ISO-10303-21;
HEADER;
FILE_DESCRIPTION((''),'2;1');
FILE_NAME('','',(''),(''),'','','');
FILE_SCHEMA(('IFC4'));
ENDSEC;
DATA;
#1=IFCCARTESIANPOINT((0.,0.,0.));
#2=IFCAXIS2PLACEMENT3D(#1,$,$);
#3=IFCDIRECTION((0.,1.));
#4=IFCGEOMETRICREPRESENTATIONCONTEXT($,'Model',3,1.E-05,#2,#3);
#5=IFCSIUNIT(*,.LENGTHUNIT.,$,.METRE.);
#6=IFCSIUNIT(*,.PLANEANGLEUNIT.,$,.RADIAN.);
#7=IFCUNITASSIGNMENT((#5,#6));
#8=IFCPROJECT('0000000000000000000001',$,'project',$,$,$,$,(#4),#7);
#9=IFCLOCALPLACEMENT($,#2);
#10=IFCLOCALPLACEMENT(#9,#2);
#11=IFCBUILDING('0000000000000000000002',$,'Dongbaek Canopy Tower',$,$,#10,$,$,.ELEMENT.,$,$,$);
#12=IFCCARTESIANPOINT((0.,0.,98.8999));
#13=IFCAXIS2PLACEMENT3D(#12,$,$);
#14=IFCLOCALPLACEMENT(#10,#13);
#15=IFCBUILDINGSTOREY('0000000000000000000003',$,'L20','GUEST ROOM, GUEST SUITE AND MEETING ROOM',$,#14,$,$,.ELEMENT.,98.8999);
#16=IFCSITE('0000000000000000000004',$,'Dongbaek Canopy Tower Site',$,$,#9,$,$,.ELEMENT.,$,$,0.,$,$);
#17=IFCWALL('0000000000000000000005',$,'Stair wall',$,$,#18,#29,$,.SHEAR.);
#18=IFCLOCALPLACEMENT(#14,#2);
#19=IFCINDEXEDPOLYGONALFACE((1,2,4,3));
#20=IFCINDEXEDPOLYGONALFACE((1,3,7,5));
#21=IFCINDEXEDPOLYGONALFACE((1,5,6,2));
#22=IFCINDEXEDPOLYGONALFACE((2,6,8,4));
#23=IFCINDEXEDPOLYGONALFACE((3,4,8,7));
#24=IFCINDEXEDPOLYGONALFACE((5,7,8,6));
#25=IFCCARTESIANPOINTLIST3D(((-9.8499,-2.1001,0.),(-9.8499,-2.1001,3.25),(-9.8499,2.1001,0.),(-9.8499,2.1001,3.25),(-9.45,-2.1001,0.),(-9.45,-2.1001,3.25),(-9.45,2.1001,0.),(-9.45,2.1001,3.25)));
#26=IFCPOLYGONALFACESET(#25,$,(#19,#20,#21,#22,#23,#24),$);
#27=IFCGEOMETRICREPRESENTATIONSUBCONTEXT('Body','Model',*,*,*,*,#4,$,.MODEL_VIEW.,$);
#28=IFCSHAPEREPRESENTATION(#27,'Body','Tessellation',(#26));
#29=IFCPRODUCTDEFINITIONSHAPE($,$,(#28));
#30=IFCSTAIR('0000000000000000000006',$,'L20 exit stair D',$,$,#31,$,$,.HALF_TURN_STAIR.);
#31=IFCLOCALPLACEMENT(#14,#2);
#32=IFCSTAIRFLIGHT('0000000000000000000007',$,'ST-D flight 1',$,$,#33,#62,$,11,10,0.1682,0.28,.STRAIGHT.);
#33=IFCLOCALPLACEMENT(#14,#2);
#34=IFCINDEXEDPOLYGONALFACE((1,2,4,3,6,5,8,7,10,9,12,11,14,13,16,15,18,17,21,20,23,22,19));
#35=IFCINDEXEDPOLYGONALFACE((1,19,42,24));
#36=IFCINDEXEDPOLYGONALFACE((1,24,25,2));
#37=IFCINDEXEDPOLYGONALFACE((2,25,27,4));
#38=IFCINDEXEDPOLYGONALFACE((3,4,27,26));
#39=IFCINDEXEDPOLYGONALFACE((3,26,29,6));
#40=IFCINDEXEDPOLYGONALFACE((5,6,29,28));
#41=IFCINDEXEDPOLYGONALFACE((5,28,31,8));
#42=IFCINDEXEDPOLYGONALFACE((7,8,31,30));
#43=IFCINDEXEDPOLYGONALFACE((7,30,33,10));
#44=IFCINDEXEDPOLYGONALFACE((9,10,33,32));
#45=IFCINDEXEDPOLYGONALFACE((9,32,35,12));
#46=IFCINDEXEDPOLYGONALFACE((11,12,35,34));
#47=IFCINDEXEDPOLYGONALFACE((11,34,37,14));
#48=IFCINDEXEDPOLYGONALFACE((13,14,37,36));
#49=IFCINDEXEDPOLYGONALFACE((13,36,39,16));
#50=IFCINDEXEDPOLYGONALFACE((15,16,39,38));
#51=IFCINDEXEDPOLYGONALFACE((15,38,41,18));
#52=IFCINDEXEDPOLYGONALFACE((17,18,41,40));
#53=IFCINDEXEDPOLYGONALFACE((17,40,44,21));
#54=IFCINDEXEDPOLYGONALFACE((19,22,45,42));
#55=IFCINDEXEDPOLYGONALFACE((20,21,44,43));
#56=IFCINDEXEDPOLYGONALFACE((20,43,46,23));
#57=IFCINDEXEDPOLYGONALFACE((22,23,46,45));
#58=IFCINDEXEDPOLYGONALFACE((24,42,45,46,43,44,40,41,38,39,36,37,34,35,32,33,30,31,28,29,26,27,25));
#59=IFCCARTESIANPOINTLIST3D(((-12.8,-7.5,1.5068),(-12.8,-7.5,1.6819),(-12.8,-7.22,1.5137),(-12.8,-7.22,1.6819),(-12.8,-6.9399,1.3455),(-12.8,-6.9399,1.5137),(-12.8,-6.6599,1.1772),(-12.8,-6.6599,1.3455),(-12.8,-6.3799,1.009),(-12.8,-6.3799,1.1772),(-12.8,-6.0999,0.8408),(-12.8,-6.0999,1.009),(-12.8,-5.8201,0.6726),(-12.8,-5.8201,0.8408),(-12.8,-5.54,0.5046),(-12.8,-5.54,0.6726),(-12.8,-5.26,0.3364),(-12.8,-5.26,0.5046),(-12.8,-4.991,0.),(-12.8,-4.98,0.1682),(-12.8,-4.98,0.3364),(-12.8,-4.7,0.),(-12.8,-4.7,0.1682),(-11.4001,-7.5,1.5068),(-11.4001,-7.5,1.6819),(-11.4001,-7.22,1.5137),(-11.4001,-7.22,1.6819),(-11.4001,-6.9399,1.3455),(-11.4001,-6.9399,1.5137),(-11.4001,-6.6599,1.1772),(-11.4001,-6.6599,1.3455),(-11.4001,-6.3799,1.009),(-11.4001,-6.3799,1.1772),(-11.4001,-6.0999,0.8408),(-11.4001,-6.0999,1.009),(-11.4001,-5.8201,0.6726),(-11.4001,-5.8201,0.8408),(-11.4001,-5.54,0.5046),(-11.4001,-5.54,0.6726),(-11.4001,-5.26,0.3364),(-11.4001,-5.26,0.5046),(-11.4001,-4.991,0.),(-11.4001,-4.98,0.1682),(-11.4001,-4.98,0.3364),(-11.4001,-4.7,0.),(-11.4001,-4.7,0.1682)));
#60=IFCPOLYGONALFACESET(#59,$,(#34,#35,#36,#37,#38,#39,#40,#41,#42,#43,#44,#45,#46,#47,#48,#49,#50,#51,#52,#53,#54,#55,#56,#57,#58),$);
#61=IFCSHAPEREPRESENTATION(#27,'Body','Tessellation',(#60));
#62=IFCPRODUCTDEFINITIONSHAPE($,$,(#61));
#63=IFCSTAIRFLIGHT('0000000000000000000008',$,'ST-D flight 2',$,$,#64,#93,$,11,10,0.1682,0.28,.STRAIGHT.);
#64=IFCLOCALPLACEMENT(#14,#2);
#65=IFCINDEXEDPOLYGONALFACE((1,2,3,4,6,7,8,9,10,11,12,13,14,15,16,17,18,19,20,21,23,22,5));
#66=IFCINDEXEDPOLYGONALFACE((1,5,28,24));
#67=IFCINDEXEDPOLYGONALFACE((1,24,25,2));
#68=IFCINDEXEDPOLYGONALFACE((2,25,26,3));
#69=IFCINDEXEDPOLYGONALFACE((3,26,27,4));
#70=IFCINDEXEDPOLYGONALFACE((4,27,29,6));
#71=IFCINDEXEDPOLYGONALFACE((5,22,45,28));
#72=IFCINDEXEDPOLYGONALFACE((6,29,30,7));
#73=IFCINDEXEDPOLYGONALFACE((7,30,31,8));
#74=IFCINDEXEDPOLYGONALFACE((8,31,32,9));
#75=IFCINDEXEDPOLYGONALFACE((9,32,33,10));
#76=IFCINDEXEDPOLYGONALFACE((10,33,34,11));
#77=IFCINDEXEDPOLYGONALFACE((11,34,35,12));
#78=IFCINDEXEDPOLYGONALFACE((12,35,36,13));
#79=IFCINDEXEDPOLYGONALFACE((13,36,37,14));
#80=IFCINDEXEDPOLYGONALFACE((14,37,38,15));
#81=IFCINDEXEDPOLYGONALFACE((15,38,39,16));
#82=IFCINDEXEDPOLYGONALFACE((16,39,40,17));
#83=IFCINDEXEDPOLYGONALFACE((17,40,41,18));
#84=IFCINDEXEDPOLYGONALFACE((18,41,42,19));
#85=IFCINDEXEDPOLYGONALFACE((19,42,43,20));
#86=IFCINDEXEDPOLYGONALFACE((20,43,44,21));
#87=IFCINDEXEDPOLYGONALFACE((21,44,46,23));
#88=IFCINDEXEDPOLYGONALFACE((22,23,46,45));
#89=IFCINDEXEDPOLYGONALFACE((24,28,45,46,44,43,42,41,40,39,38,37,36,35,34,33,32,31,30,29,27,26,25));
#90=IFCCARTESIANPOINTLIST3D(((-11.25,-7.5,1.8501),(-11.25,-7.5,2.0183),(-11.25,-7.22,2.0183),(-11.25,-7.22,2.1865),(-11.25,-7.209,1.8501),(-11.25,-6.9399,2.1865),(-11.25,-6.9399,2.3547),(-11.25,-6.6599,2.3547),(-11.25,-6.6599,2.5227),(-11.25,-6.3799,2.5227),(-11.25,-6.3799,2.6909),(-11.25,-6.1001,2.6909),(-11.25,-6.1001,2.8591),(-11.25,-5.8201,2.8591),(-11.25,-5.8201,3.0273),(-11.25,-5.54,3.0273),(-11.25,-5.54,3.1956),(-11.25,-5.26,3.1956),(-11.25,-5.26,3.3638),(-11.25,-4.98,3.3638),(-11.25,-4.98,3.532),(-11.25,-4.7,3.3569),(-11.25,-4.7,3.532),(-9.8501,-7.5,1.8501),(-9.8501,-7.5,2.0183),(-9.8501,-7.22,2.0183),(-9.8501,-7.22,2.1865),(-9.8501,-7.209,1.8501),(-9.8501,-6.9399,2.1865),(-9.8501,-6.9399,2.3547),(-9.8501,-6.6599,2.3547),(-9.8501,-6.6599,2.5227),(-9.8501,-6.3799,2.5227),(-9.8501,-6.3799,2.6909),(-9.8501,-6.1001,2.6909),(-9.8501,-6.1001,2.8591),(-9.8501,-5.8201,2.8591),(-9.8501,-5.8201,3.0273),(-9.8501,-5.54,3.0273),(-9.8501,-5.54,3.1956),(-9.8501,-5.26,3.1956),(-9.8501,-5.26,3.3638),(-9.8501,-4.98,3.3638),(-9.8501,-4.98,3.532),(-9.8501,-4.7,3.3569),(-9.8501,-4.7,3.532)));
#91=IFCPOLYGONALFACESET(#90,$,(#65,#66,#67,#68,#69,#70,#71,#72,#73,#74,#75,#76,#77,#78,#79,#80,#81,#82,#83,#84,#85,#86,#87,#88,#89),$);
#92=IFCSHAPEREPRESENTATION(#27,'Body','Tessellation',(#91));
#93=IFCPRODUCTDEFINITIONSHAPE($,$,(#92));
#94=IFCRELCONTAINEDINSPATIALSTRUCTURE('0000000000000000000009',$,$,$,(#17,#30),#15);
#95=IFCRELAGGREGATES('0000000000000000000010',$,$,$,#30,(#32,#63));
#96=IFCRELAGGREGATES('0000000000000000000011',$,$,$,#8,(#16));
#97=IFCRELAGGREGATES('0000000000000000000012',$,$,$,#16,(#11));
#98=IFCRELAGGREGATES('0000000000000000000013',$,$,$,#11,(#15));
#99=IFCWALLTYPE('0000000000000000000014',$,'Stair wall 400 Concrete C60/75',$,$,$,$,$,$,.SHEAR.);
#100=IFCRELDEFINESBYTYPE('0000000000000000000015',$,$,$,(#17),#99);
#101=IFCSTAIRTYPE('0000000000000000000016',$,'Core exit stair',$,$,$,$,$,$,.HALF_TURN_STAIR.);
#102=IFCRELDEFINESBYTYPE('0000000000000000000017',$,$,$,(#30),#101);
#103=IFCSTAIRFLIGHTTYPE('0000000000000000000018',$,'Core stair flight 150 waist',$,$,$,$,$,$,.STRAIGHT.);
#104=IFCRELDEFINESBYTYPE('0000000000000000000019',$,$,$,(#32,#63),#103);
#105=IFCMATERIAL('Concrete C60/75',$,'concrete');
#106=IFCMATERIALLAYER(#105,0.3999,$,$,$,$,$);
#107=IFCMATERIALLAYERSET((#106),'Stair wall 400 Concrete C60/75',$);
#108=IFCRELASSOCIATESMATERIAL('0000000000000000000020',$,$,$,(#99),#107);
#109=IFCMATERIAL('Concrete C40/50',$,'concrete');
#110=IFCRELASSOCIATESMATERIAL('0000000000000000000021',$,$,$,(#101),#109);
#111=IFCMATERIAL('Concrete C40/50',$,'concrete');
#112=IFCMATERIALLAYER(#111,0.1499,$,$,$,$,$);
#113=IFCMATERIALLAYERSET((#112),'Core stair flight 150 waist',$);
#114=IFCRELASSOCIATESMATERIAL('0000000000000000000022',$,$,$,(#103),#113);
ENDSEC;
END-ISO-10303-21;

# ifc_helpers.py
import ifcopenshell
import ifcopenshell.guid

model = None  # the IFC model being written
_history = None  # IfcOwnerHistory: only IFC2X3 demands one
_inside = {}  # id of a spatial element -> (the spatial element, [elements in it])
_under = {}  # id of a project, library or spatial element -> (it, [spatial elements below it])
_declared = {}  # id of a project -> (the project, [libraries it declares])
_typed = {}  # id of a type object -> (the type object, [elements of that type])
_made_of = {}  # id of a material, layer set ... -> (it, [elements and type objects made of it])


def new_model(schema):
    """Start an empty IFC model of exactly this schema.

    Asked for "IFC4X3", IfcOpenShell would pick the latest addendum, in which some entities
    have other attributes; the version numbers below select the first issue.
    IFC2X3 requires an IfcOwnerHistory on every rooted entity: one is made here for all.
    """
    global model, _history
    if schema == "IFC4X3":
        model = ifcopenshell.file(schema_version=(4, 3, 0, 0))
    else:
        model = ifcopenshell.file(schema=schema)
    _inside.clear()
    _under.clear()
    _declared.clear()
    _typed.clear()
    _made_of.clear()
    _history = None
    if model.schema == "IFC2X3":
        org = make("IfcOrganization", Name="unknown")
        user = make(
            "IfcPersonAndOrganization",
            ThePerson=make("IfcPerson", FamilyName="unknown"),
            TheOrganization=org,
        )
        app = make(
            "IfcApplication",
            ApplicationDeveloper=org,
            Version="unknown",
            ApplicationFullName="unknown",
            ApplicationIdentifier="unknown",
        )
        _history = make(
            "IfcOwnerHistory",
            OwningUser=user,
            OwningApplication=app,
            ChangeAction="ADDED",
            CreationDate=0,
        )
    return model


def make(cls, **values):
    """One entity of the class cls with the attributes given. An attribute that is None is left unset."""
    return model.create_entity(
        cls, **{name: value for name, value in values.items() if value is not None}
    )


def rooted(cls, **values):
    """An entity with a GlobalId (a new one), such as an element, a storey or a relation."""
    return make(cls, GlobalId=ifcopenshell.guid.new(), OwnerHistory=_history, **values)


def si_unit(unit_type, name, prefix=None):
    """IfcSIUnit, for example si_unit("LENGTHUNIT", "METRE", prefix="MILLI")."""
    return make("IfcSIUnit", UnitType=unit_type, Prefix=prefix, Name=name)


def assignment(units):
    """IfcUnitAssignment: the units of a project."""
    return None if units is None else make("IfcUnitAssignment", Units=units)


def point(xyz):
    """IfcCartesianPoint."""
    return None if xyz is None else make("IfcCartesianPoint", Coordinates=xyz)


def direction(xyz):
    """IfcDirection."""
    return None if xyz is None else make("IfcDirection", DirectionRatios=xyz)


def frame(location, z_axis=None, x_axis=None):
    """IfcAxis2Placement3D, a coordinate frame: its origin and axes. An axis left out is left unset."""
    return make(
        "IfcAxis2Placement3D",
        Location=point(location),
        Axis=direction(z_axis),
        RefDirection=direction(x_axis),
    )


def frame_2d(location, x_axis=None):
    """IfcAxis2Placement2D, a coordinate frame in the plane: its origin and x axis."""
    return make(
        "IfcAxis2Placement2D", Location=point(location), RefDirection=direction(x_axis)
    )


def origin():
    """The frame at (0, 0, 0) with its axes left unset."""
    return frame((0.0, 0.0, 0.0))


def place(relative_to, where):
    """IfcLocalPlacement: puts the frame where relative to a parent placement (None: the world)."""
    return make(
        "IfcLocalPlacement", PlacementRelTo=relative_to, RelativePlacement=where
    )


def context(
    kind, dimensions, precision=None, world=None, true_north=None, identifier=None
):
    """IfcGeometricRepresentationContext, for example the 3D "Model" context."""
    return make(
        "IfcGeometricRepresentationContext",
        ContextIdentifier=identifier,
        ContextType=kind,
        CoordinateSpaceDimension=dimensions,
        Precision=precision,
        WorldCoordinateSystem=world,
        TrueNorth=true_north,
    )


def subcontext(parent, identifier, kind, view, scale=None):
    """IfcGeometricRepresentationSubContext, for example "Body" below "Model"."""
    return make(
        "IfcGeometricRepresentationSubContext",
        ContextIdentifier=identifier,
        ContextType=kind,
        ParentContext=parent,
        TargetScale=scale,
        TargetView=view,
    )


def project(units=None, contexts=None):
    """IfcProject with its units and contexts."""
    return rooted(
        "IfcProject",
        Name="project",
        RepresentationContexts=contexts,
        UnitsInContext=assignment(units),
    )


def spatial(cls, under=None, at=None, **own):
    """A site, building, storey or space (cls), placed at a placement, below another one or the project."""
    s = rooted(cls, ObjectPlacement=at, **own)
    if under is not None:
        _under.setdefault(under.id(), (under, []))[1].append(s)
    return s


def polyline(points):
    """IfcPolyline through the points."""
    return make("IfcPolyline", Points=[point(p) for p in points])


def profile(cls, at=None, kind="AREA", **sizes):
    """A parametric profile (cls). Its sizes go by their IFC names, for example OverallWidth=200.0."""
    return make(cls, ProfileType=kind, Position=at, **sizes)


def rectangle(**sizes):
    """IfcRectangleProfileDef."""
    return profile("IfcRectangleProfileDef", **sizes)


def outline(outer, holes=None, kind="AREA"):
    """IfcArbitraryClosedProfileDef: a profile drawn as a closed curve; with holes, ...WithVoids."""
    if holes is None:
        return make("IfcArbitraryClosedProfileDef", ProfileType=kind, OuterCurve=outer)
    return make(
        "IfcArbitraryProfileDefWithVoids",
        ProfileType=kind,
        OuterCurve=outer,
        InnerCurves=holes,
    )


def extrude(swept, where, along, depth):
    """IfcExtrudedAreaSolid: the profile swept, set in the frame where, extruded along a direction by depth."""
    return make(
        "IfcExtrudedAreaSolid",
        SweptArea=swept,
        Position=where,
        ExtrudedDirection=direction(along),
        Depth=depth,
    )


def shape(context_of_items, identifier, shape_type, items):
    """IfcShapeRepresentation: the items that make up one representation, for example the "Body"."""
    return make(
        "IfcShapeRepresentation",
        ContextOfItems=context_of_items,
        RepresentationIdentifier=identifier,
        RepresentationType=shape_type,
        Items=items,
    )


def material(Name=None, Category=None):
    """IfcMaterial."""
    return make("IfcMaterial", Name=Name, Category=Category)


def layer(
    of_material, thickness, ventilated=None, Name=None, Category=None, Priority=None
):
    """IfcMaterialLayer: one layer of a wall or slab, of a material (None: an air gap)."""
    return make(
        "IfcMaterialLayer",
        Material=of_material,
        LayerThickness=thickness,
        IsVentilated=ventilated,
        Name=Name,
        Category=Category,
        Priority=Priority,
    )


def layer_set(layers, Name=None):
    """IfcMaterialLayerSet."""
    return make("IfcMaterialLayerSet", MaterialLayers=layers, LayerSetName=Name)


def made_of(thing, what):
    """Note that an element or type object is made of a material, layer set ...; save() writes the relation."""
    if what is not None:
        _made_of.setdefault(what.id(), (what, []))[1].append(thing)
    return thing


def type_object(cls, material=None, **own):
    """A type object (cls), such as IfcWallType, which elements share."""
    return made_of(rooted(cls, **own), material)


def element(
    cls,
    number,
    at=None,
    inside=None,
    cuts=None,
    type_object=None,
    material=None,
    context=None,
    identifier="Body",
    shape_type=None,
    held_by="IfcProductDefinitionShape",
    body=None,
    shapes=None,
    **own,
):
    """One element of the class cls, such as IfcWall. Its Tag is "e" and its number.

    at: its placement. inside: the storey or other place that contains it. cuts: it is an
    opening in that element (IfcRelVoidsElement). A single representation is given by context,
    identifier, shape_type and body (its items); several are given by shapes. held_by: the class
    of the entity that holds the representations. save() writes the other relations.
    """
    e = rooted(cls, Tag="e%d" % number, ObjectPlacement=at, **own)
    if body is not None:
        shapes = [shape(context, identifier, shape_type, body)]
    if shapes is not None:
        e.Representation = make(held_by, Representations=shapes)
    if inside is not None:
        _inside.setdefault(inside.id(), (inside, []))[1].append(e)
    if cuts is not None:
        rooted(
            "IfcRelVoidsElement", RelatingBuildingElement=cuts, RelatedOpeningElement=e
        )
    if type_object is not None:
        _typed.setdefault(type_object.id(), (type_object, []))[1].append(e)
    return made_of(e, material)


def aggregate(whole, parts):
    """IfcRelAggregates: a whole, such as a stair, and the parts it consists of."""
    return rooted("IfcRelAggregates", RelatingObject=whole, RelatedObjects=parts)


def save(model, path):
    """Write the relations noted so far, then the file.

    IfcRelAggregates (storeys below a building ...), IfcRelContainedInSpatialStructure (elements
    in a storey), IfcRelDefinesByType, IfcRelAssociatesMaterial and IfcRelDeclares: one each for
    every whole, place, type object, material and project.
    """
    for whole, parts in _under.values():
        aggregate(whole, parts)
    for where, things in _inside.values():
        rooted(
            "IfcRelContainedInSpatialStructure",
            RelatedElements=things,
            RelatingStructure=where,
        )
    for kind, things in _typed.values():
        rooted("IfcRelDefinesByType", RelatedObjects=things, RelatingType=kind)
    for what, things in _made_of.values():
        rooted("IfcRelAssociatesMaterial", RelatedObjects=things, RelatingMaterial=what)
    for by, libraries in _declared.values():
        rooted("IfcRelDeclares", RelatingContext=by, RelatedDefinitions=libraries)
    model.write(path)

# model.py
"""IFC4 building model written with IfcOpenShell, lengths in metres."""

from ifc_helpers import new_model, si_unit, direction, frame, frame_2d, origin, place, context, subcontext, project, spatial, polyline, rectangle, outline, extrude, material, layer, layer_set, type_object, element, aggregate, save


model = new_model("IFC4")

# Units and contexts
model_context = context("Model", 3, precision=1e-05, world=origin(), true_north=direction((0.0, 1.0)))
body_context = subcontext(model_context, "Body", "Model", "MODEL_VIEW")
ifc_project = project(units=[si_unit("LENGTHUNIT", "METRE"), si_unit("PLANEANGLEUNIT", "RADIAN")], contexts=[model_context])

# Site, building, storey
site_placement = place(None, origin())
site = spatial("IfcSite", under=ifc_project, at=site_placement, Name="Dongbaek Canopy Tower Site", CompositionType="ELEMENT", RefElevation=0.0)
building_placement = place(site_placement, origin())
building = spatial("IfcBuilding", under=site, at=building_placement, Name="Dongbaek Canopy Tower", CompositionType="ELEMENT")
storey_placement = place(building_placement, frame((0.0, 0.0, 98.8999)))
storey = spatial("IfcBuildingStorey", under=building, at=storey_placement, Name="L20", Description="GUEST ROOM, GUEST SUITE AND MEETING ROOM", CompositionType="ELEMENT", Elevation=98.8999)

# Shared definitions
ifc_material_1 = material(Name="Concrete C60/75", Category="concrete")
ifc_layer_1 = layer(ifc_material_1, 0.3999)
ifc_layer_set_1 = layer_set([ifc_layer_1], Name="Stair wall 400 Concrete C60/75")
wall_type_1 = type_object("IfcWallType", Name="Stair wall 400 Concrete C60/75", PredefinedType="SHEAR", material=ifc_layer_set_1)

# Wall
wall_1_placement = place(storey_placement, frame((-9.6499, -2.1001, 0.0), z_axis=(0.0, 0.0, 1.0), x_axis=(0.0, 1.0, 0.0)))
element("IfcWall", 1, at=wall_1_placement, inside=storey, type_object=wall_type_1, Name="Stair wall", PredefinedType="SHEAR", context=body_context, shape_type="SweptSolid", body=[
    extrude(rectangle(XDim=4.2002, YDim=0.3999, at=frame_2d((2.1001, 0.0))), origin(), (0.0, 0.0, 1.0), 3.25),
])

# Stair, stair flights
ifc_material_2 = material(Name="Concrete C40/50", Category="concrete")
stair_type = type_object("IfcStairType", Name="Core exit stair", PredefinedType="HALF_TURN_STAIR", material=ifc_material_2)
stair_placement = place(storey_placement, origin())
stair = element("IfcStair", 2, at=stair_placement, inside=storey, type_object=stair_type, Name="L20 exit stair D", PredefinedType="HALF_TURN_STAIR")
ifc_material_3 = material(Name="Concrete C40/50", Category="concrete")
ifc_layer_2 = layer(ifc_material_3, 0.1499)
ifc_layer_set_2 = layer_set([ifc_layer_2], Name="Core stair flight 150 waist")
stair_flight_type = type_object("IfcStairFlightType", Name="Core stair flight 150 waist", PredefinedType="STRAIGHT", material=ifc_layer_set_2)
stair_flight_1_placement = place(storey_placement, frame((-12.1001, -4.7, 0.0), z_axis=(0.0, 0.0, 1.0), x_axis=(0.0, -1.0, 0.0)))
stair_flight_1 = element("IfcStairFlight", 3, at=stair_flight_1_placement, type_object=stair_flight_type, Name="ST-D flight 1", NumberOfRisers=11, NumberOfTreads=10, PredefinedType="STRAIGHT", RiserHeight=0.1682, TreadLength=0.28, context=body_context, shape_type="SweptSolid", body=[
    extrude(outline(polyline([(0.0, 0.0), (0.0, 0.1682), (0.28, 0.1682), (0.28, 0.3364), (0.5601, 0.3364), (0.5601, 0.5046), (0.8401, 0.5046), (0.8401, 0.6726), (1.1201, 0.6726), (1.1201, 0.8408), (1.3999, 0.8408), (1.3999, 1.009), (1.6799, 1.009), (1.6799, 1.1772), (1.96, 1.1772), (1.96, 1.3455), (2.24, 1.3455), (2.24, 1.5137), (2.52, 1.5137), (2.52, 1.6819), (2.8, 1.6819), (2.8, 1.8501), (2.8, 1.5068), (0.291, 0.0), (0.0, 0.0)])), frame((0.0, 0.7, 0.0), z_axis=(0.0, -1.0, 0.0), x_axis=(1.0, 0.0, 0.0)), (0.0, 0.0, 1.0), 1.3999),
])
stair_flight_2_placement = place(storey_placement, frame((-10.55, -7.5, 1.8501), z_axis=(0.0, 0.0, 1.0), x_axis=(0.0, 1.0, 0.0)))
stair_flight_2 = element("IfcStairFlight", 4, at=stair_flight_2_placement, type_object=stair_flight_type, Name="ST-D flight 2", NumberOfRisers=11, NumberOfTreads=10, PredefinedType="STRAIGHT", RiserHeight=0.1682, TreadLength=0.28, context=body_context, shape_type="SweptSolid", body=[
    extrude(outline(polyline([(0.0, 0.0), (0.0, 0.1682), (0.28, 0.1682), (0.28, 0.3364), (0.5601, 0.3364), (0.5601, 0.5046), (0.8401, 0.5046), (0.8401, 0.6726), (1.1201, 0.6726), (1.1201, 0.8408), (1.3999, 0.8408), (1.3999, 1.009), (1.6799, 1.009), (1.6799, 1.1772), (1.96, 1.1772), (1.96, 1.3455), (2.24, 1.3455), (2.24, 1.5137), (2.52, 1.5137), (2.52, 1.6819), (2.8, 1.6819), (2.8, 1.8501), (2.8, 1.5068), (0.291, 0.0), (0.0, 0.0)])), frame((0.0, 0.7, 0.0), z_axis=(0.0, -1.0, 0.0), x_axis=(1.0, 0.0, 0.0)), (0.0, 0.0, 1.0), 1.3999),
])
aggregate(stair, [stair_flight_1, stair_flight_2])

save(model, "model.ifc")
